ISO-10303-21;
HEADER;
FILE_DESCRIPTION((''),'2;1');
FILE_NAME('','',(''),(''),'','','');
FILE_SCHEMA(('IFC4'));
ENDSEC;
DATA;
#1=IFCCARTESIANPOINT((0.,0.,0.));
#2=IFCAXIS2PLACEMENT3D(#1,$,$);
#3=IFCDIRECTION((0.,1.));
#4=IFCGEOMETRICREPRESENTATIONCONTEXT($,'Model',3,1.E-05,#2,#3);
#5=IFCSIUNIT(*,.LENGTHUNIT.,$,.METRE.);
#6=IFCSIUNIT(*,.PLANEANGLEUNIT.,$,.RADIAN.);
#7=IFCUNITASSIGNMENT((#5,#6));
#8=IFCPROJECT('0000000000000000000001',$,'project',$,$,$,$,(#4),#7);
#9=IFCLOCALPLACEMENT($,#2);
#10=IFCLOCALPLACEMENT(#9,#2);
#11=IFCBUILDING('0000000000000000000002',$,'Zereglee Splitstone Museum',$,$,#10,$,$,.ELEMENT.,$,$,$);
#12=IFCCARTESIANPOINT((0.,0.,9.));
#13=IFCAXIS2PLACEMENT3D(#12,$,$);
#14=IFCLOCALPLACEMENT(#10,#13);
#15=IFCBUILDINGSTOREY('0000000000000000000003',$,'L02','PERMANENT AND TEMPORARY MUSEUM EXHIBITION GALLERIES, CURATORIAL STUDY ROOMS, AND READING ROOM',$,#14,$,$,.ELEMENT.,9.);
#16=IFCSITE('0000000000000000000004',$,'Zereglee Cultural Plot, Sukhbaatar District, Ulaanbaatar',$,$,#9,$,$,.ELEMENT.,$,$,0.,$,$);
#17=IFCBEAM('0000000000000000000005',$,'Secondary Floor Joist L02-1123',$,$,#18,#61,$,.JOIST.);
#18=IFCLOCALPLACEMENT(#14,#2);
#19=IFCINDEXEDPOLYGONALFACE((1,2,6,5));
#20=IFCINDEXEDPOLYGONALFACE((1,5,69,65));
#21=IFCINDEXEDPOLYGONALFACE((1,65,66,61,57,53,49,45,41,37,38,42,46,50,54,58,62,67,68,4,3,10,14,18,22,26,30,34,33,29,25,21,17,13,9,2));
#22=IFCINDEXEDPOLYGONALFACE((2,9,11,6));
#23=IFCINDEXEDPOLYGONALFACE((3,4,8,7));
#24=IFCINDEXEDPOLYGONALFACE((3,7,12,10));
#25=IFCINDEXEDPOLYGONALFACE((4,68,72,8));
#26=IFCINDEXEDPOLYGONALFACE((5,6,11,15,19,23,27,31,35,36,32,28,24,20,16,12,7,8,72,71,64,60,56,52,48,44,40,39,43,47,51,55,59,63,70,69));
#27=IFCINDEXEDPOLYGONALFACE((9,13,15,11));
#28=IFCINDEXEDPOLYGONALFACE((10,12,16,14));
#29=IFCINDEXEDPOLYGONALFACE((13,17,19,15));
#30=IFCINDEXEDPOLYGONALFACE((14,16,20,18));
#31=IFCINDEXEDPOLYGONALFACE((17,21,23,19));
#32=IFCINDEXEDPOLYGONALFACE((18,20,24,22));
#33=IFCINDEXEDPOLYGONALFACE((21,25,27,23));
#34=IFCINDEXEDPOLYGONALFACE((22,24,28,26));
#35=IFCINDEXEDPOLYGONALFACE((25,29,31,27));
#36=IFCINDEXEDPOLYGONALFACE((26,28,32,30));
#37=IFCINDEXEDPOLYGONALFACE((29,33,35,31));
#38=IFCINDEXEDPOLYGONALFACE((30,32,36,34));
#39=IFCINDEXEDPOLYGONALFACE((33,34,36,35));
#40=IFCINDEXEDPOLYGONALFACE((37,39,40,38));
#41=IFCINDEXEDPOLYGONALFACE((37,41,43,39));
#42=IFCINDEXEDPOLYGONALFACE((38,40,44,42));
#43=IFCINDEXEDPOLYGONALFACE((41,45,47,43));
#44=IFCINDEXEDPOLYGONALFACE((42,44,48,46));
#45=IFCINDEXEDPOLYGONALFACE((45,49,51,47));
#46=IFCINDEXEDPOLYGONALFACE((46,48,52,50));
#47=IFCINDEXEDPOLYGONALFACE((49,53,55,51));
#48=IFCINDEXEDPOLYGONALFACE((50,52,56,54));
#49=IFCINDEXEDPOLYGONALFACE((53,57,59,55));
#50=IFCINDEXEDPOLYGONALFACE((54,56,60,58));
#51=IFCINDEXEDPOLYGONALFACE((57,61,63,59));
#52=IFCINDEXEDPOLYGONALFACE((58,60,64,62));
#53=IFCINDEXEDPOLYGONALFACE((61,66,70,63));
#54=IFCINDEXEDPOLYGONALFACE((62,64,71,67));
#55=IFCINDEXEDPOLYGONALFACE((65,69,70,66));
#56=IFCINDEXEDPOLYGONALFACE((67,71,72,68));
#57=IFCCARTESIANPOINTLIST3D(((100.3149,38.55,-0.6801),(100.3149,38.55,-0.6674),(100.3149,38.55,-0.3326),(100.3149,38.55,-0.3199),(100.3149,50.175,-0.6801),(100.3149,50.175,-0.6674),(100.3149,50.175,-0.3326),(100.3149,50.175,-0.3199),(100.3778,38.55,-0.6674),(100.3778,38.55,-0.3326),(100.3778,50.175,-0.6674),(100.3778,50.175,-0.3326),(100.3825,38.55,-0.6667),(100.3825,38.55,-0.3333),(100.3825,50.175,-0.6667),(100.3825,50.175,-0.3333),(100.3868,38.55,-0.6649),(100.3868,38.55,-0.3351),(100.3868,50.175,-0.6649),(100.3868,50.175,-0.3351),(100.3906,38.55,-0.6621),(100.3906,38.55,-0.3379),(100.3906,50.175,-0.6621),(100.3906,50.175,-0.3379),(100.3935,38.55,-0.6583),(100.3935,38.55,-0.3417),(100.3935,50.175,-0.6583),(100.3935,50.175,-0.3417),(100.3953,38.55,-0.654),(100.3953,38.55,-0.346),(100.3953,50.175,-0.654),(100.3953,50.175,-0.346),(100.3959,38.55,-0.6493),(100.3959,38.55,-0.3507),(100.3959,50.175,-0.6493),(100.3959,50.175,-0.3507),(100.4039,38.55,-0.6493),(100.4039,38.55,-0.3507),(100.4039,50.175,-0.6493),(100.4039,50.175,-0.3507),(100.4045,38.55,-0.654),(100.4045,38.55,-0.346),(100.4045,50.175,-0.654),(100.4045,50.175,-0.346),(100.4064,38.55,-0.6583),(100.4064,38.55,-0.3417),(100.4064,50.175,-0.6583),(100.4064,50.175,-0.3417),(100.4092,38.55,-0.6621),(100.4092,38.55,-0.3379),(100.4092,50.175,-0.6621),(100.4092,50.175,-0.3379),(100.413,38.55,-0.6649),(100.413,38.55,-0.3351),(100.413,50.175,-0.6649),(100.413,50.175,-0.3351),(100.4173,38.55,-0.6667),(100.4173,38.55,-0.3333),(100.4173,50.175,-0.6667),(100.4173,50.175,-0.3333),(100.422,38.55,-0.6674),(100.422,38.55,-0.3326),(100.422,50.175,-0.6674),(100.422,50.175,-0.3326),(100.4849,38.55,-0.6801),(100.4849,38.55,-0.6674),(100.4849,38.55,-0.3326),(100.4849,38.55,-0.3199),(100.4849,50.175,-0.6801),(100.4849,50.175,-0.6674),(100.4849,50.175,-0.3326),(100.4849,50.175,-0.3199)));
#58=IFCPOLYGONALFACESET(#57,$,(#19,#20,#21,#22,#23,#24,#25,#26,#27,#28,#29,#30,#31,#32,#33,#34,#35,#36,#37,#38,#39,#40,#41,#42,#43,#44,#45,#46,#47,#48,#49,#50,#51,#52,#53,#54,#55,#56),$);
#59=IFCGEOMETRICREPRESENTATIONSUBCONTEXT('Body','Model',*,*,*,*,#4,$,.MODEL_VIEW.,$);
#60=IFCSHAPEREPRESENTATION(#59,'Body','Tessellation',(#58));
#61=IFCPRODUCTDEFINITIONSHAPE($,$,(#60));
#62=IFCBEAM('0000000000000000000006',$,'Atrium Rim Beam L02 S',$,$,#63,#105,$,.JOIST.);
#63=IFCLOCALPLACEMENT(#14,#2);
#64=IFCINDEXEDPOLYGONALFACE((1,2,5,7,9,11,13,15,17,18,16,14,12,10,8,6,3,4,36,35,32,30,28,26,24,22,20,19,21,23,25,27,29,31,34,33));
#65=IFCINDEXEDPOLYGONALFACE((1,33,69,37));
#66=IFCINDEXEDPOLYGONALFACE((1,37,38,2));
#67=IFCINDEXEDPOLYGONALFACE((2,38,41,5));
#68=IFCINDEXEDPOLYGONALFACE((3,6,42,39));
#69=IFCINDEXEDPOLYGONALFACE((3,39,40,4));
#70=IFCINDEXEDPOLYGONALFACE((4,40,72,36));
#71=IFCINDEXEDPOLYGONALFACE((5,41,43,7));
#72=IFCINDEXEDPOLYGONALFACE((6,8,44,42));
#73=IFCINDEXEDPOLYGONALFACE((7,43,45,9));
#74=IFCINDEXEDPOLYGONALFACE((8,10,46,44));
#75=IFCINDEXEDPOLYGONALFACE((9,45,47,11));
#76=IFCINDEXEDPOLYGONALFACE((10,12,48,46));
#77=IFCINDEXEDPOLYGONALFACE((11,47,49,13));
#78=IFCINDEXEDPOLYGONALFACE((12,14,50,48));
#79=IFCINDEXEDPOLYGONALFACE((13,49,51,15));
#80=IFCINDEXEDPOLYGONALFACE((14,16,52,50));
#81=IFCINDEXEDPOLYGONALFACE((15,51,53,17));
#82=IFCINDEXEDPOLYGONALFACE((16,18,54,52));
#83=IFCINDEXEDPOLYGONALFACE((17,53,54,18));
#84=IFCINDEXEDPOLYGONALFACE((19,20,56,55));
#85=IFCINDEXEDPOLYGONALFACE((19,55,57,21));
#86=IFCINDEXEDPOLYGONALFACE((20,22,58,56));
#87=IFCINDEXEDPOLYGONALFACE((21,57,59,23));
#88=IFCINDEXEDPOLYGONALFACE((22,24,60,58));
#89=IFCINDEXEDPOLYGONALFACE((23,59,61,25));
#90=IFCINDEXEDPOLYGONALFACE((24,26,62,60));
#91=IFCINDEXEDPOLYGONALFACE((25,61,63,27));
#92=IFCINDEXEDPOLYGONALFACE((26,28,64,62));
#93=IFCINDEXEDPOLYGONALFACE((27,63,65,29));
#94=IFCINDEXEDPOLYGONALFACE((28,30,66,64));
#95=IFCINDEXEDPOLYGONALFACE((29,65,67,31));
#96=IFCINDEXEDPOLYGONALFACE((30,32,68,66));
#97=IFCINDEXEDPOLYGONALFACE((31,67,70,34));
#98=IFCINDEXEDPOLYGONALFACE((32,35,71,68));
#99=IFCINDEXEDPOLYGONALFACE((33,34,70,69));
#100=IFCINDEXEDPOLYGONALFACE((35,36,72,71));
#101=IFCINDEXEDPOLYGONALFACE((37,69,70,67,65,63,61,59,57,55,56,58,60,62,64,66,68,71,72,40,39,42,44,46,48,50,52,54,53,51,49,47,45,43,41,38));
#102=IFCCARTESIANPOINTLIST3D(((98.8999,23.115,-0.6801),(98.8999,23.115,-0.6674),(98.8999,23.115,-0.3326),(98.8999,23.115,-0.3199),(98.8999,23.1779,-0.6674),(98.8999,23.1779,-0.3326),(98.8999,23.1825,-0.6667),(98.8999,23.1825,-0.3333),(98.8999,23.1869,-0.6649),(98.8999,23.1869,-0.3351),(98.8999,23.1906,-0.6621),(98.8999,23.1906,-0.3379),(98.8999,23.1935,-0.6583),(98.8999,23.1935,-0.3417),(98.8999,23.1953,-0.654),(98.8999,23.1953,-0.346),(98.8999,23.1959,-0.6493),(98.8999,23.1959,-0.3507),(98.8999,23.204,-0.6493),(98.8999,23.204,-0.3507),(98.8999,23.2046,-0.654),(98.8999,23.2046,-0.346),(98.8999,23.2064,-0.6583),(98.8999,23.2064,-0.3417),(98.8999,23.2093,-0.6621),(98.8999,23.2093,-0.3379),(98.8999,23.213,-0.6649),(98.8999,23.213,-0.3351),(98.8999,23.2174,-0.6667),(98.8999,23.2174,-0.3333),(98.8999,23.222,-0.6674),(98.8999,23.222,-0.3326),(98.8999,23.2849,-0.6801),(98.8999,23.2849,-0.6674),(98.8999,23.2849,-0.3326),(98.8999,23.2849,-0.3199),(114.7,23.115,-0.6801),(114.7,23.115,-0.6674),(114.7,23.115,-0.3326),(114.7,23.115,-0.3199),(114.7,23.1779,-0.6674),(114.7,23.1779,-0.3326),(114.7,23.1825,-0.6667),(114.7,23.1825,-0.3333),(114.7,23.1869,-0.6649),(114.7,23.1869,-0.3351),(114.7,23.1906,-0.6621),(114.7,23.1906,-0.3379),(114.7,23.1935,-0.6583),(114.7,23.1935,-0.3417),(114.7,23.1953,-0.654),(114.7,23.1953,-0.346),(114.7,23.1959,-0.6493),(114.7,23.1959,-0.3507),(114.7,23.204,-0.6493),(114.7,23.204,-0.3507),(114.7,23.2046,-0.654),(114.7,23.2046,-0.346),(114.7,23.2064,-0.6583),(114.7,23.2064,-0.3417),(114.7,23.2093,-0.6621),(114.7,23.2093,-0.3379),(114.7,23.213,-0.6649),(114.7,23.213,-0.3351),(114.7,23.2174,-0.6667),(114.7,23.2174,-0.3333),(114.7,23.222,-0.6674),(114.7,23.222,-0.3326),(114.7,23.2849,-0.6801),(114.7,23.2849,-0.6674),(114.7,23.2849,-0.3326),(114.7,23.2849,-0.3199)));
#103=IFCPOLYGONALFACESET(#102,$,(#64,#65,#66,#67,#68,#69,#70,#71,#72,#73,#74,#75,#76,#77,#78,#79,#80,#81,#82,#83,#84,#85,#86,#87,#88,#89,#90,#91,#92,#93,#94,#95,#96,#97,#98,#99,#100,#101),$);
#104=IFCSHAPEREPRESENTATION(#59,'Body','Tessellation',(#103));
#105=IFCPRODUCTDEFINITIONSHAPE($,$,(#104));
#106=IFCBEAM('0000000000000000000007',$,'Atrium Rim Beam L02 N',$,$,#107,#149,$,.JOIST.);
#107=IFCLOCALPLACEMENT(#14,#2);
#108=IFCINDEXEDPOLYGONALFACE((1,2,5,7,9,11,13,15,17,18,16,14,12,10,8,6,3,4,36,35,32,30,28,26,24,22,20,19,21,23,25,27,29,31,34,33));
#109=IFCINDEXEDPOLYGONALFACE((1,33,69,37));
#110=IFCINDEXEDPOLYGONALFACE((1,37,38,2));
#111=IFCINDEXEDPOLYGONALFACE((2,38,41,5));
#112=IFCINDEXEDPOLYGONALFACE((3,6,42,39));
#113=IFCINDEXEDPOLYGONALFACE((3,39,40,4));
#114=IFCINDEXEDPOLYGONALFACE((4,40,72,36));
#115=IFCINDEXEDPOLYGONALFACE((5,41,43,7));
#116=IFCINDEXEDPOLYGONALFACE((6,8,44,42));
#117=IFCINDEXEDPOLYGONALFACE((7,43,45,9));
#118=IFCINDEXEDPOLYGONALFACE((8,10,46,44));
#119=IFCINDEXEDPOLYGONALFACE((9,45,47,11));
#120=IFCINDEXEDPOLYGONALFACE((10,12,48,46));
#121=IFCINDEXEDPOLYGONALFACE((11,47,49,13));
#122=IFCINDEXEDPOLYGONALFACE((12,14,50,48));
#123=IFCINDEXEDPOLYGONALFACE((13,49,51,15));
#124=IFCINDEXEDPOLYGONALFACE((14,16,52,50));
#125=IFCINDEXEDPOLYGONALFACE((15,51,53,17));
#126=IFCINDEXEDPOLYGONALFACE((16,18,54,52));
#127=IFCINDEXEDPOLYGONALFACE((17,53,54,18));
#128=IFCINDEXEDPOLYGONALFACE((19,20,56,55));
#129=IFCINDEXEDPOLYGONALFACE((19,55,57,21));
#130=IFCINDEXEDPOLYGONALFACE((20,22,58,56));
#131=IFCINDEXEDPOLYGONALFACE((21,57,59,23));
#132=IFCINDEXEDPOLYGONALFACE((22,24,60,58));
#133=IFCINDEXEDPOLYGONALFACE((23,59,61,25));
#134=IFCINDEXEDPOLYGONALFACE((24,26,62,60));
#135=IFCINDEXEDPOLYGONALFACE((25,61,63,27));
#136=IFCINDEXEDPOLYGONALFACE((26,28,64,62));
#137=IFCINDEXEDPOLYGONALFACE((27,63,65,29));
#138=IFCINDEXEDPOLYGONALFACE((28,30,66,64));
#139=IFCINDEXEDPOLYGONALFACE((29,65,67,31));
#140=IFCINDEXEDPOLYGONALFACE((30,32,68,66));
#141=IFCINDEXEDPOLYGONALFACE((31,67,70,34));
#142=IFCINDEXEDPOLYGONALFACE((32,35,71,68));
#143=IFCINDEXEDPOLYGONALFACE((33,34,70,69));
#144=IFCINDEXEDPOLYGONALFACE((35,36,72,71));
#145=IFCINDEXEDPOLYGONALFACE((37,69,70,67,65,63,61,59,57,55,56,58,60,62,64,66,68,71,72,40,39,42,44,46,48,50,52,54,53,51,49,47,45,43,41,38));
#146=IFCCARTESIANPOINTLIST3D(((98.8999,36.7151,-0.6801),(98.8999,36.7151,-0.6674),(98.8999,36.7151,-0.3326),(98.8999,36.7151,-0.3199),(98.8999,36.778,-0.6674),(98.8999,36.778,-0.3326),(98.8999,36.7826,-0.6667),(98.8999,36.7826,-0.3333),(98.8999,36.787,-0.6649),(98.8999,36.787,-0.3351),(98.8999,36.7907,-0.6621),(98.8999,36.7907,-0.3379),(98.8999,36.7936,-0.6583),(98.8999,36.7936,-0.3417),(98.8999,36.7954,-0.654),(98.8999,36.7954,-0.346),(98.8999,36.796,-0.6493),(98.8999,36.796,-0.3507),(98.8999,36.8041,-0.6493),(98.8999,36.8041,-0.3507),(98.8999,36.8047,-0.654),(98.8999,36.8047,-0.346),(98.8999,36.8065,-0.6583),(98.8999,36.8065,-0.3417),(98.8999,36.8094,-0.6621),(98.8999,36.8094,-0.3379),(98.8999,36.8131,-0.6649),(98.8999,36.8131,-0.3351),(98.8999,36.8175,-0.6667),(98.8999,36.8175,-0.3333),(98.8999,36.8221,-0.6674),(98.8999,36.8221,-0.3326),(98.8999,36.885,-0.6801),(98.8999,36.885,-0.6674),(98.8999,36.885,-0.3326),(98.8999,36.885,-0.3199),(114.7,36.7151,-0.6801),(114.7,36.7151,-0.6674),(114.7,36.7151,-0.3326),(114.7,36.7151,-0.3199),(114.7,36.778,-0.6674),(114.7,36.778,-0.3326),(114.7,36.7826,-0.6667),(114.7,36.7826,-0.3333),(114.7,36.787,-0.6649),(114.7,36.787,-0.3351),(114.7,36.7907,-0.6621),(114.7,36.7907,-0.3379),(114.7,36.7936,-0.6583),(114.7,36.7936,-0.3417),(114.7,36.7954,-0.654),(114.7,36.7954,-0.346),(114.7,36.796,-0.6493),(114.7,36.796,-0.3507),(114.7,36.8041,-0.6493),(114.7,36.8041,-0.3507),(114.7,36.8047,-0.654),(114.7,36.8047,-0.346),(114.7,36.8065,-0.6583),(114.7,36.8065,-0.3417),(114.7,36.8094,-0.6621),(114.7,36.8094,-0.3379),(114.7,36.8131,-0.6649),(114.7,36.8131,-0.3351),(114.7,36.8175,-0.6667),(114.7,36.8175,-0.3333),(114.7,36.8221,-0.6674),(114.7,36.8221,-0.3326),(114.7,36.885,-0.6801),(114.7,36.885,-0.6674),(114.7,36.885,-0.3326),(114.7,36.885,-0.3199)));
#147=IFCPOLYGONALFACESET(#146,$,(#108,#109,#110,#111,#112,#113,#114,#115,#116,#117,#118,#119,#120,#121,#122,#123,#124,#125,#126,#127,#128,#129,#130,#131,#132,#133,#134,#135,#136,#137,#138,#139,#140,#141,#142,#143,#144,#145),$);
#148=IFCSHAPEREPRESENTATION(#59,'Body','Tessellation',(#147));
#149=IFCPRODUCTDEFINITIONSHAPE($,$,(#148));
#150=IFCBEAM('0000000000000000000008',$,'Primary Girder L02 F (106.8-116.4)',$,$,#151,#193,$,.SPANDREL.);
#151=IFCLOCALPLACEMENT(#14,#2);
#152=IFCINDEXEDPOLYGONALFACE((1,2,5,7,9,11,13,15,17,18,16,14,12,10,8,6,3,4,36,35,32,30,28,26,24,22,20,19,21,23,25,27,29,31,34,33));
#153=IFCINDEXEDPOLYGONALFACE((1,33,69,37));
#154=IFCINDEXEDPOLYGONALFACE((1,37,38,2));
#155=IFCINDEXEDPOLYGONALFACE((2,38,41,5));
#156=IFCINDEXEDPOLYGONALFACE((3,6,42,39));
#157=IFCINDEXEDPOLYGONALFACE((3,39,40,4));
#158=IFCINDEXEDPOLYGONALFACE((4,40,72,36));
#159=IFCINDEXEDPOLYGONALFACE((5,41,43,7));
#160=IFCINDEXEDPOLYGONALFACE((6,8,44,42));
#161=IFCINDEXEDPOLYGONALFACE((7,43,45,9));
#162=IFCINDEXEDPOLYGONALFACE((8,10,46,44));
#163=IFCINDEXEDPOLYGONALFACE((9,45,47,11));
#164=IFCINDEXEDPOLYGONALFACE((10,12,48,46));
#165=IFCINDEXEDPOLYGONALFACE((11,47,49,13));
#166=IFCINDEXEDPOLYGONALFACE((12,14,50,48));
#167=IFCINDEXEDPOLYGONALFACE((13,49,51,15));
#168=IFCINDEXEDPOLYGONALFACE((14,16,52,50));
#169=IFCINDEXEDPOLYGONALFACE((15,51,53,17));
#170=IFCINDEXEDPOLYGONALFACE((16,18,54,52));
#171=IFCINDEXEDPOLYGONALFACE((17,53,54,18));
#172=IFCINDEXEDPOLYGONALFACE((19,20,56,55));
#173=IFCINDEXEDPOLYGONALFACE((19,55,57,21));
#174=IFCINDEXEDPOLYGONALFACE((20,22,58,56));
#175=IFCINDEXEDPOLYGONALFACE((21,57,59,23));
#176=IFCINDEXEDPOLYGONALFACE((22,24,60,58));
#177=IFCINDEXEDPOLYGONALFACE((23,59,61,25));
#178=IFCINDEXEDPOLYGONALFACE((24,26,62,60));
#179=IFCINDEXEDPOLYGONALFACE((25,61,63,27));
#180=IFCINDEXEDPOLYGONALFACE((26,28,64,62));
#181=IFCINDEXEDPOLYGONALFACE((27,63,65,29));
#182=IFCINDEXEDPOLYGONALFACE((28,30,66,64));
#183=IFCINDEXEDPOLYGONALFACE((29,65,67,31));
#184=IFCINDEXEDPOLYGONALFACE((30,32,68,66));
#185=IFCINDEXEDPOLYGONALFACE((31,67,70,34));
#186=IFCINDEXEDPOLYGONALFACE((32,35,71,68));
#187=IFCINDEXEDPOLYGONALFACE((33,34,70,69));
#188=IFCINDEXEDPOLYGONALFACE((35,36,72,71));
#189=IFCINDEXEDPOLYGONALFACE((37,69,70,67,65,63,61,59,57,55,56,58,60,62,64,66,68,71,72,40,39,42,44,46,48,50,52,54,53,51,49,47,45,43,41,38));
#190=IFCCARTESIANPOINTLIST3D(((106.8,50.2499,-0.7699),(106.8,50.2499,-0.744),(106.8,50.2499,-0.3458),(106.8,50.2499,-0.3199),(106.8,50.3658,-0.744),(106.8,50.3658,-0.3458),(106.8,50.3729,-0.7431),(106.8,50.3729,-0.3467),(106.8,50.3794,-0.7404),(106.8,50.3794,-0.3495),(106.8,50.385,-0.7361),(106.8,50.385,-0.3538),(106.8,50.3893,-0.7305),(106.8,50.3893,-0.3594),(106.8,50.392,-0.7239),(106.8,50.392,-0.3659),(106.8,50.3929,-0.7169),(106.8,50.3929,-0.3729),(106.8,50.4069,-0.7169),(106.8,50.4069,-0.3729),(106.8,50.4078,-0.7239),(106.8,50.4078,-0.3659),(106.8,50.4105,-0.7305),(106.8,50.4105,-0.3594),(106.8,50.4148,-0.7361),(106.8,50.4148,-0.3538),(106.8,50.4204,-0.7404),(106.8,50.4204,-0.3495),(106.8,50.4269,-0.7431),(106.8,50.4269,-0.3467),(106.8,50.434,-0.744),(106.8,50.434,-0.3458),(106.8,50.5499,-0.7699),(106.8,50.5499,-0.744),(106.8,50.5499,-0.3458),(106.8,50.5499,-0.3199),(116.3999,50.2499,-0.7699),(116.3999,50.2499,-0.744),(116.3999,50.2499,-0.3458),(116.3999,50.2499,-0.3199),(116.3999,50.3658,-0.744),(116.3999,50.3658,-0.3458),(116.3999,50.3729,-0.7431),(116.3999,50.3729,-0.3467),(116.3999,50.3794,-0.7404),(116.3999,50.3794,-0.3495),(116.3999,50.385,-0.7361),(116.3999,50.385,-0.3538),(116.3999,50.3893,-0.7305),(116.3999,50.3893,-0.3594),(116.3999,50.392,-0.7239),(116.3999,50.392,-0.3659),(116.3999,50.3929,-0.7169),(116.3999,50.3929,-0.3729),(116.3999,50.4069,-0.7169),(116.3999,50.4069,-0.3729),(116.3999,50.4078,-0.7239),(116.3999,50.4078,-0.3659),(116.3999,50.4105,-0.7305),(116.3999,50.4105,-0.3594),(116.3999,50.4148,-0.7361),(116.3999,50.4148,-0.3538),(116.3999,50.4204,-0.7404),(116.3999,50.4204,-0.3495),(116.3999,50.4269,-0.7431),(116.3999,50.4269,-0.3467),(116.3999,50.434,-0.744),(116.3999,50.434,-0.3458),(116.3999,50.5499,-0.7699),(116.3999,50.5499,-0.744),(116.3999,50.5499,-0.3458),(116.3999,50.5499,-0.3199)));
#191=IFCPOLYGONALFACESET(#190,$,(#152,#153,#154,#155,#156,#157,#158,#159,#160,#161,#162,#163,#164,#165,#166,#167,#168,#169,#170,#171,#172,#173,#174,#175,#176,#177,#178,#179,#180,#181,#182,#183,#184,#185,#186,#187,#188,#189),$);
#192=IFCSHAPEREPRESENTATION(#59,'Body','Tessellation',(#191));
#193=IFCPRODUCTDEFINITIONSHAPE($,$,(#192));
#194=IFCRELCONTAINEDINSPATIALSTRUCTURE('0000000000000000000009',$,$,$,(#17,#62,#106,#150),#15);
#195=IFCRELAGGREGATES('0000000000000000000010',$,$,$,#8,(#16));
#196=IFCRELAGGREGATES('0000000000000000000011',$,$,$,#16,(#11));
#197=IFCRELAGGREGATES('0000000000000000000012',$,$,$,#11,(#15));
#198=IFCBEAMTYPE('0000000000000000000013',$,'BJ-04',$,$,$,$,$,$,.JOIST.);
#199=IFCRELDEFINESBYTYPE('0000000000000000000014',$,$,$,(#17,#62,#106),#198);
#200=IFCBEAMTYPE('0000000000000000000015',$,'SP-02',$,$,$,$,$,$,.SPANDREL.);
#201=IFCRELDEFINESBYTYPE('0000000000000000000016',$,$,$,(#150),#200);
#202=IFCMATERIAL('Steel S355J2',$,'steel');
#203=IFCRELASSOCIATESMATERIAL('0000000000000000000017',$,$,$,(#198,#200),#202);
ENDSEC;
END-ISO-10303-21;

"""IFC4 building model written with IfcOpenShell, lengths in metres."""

from ifc_helpers import new_model, si_unit, direction, frame, origin, origin_2d, place, context, subcontext, project, spatial, i_section, extrude, material, material_profile, profile_set, type_object, element, save


model = new_model("IFC4")

# Units and contexts
model_context = context("Model", 3, precision=1e-05, world=origin(), true_north=direction((0.0, 1.0)))
body_context = subcontext(model_context, "Body", "Model", "MODEL_VIEW")
ifc_project = project(units=[si_unit("LENGTHUNIT", "METRE"), si_unit("PLANEANGLEUNIT", "RADIAN")], contexts=[model_context])

# Site, building, storey
site_placement = place(None, origin())
site = spatial("IfcSite", under=ifc_project, at=site_placement, Name="Zereglee Cultural Plot, Sukhbaatar District, Ulaanbaatar", CompositionType="ELEMENT", RefElevation=0.0)
building_placement = place(site_placement, origin())
building = spatial("IfcBuilding", under=site, at=building_placement, Name="Zereglee Splitstone Museum", CompositionType="ELEMENT")
storey_placement = place(building_placement, frame((0.0, 0.0, 9.0)))
storey = spatial("IfcBuildingStorey", under=building, at=storey_placement, Name="L02", Description="PERMANENT AND TEMPORARY MUSEUM EXHIBITION GALLERIES, CURATORIAL STUDY ROOMS, AND READING ROOM", CompositionType="ELEMENT", Elevation=9.0)

# Shared definitions
ifc_material_1 = material(Name="Steel S355J2", Category="steel")

# Beams
ifc_material_profile_1 = material_profile(ifc_material_1, i_section(OverallWidth=0.1699, OverallDepth=0.3601, WebThickness=0.0081, FlangeThickness=0.0127, FilletRadius=0.0181, at=origin_2d()), Name="IPE 360")
ifc_profile_set_1 = profile_set([ifc_material_profile_1], Name="Steel S355J2")
beam_type_1 = type_object("IfcBeamType", Name="BJ-04", PredefinedType="JOIST", material=ifc_profile_set_1)
beam_1_placement = place(storey_placement, frame((100.3999, 38.55, -0.5), z_axis=(0.0, 1.0, 0.0), x_axis=(-1.0, 0.0, 0.0)))
element("IfcBeam", 1, at=beam_1_placement, inside=storey, type_object=beam_type_1, Name="Secondary Floor Joist L02-1123", PredefinedType="JOIST", context=body_context, shape_type="SweptSolid", body=[
    extrude(i_section(OverallWidth=0.1699, OverallDepth=0.3601, WebThickness=0.0081, FlangeThickness=0.0127, FilletRadius=0.0181, at=origin_2d()), origin(), (0.0, 0.0, 1.0), 11.625),
])
for number, where, z_axis, x_axis, name in (
    (2, (98.8999, 23.2, -0.5), (1.0, 0.0, 0.0), (0.0, 1.0, 0.0), "Atrium Rim Beam L02 S"),
    (3, (98.8999, 36.8, -0.5), (1.0, 0.0, 0.0), (0.0, 1.0, 0.0), "Atrium Rim Beam L02 N"),
):
    element("IfcBeam", number, at=place(storey_placement, frame(where, z_axis=z_axis, x_axis=x_axis)), inside=storey, type_object=beam_type_1, Name=name, PredefinedType="JOIST", context=body_context, shape_type="SweptSolid", body=[
        extrude(i_section(OverallWidth=0.1699, OverallDepth=0.3601, WebThickness=0.0081, FlangeThickness=0.0127, FilletRadius=0.0181, at=origin_2d()), origin(), (0.0, 0.0, 1.0), 15.8),
    ])
ifc_material_profile_2 = material_profile(ifc_material_1, i_section(OverallWidth=0.3, OverallDepth=0.45, WebThickness=0.0139, FlangeThickness=0.0259, FilletRadius=0.0271, at=origin_2d()), Name="HE 450 B")
ifc_profile_set_2 = profile_set([ifc_material_profile_2], Name="Steel S355J2")
beam_type_2 = type_object("IfcBeamType", Name="SP-02", PredefinedType="SPANDREL", material=ifc_profile_set_2)
for number, where, z_axis, x_axis, name in (
    (4, (106.8, 50.3999, -0.5449), (1.0, 0.0, 0.0), (0.0, 1.0, 0.0), "Primary Girder L02 F (106.8-116.4)"),
):
    element("IfcBeam", number, at=place(storey_placement, frame(where, z_axis=z_axis, x_axis=x_axis)), inside=storey, type_object=beam_type_2, Name=name, PredefinedType="SPANDREL", context=body_context, shape_type="SweptSolid", body=[
        extrude(i_section(OverallWidth=0.3, OverallDepth=0.45, WebThickness=0.0139, FlangeThickness=0.0259, FilletRadius=0.0271, at=origin_2d()), origin(), (0.0, 0.0, 1.0), 9.5999),
    ])

save(model, "model.ifc")
